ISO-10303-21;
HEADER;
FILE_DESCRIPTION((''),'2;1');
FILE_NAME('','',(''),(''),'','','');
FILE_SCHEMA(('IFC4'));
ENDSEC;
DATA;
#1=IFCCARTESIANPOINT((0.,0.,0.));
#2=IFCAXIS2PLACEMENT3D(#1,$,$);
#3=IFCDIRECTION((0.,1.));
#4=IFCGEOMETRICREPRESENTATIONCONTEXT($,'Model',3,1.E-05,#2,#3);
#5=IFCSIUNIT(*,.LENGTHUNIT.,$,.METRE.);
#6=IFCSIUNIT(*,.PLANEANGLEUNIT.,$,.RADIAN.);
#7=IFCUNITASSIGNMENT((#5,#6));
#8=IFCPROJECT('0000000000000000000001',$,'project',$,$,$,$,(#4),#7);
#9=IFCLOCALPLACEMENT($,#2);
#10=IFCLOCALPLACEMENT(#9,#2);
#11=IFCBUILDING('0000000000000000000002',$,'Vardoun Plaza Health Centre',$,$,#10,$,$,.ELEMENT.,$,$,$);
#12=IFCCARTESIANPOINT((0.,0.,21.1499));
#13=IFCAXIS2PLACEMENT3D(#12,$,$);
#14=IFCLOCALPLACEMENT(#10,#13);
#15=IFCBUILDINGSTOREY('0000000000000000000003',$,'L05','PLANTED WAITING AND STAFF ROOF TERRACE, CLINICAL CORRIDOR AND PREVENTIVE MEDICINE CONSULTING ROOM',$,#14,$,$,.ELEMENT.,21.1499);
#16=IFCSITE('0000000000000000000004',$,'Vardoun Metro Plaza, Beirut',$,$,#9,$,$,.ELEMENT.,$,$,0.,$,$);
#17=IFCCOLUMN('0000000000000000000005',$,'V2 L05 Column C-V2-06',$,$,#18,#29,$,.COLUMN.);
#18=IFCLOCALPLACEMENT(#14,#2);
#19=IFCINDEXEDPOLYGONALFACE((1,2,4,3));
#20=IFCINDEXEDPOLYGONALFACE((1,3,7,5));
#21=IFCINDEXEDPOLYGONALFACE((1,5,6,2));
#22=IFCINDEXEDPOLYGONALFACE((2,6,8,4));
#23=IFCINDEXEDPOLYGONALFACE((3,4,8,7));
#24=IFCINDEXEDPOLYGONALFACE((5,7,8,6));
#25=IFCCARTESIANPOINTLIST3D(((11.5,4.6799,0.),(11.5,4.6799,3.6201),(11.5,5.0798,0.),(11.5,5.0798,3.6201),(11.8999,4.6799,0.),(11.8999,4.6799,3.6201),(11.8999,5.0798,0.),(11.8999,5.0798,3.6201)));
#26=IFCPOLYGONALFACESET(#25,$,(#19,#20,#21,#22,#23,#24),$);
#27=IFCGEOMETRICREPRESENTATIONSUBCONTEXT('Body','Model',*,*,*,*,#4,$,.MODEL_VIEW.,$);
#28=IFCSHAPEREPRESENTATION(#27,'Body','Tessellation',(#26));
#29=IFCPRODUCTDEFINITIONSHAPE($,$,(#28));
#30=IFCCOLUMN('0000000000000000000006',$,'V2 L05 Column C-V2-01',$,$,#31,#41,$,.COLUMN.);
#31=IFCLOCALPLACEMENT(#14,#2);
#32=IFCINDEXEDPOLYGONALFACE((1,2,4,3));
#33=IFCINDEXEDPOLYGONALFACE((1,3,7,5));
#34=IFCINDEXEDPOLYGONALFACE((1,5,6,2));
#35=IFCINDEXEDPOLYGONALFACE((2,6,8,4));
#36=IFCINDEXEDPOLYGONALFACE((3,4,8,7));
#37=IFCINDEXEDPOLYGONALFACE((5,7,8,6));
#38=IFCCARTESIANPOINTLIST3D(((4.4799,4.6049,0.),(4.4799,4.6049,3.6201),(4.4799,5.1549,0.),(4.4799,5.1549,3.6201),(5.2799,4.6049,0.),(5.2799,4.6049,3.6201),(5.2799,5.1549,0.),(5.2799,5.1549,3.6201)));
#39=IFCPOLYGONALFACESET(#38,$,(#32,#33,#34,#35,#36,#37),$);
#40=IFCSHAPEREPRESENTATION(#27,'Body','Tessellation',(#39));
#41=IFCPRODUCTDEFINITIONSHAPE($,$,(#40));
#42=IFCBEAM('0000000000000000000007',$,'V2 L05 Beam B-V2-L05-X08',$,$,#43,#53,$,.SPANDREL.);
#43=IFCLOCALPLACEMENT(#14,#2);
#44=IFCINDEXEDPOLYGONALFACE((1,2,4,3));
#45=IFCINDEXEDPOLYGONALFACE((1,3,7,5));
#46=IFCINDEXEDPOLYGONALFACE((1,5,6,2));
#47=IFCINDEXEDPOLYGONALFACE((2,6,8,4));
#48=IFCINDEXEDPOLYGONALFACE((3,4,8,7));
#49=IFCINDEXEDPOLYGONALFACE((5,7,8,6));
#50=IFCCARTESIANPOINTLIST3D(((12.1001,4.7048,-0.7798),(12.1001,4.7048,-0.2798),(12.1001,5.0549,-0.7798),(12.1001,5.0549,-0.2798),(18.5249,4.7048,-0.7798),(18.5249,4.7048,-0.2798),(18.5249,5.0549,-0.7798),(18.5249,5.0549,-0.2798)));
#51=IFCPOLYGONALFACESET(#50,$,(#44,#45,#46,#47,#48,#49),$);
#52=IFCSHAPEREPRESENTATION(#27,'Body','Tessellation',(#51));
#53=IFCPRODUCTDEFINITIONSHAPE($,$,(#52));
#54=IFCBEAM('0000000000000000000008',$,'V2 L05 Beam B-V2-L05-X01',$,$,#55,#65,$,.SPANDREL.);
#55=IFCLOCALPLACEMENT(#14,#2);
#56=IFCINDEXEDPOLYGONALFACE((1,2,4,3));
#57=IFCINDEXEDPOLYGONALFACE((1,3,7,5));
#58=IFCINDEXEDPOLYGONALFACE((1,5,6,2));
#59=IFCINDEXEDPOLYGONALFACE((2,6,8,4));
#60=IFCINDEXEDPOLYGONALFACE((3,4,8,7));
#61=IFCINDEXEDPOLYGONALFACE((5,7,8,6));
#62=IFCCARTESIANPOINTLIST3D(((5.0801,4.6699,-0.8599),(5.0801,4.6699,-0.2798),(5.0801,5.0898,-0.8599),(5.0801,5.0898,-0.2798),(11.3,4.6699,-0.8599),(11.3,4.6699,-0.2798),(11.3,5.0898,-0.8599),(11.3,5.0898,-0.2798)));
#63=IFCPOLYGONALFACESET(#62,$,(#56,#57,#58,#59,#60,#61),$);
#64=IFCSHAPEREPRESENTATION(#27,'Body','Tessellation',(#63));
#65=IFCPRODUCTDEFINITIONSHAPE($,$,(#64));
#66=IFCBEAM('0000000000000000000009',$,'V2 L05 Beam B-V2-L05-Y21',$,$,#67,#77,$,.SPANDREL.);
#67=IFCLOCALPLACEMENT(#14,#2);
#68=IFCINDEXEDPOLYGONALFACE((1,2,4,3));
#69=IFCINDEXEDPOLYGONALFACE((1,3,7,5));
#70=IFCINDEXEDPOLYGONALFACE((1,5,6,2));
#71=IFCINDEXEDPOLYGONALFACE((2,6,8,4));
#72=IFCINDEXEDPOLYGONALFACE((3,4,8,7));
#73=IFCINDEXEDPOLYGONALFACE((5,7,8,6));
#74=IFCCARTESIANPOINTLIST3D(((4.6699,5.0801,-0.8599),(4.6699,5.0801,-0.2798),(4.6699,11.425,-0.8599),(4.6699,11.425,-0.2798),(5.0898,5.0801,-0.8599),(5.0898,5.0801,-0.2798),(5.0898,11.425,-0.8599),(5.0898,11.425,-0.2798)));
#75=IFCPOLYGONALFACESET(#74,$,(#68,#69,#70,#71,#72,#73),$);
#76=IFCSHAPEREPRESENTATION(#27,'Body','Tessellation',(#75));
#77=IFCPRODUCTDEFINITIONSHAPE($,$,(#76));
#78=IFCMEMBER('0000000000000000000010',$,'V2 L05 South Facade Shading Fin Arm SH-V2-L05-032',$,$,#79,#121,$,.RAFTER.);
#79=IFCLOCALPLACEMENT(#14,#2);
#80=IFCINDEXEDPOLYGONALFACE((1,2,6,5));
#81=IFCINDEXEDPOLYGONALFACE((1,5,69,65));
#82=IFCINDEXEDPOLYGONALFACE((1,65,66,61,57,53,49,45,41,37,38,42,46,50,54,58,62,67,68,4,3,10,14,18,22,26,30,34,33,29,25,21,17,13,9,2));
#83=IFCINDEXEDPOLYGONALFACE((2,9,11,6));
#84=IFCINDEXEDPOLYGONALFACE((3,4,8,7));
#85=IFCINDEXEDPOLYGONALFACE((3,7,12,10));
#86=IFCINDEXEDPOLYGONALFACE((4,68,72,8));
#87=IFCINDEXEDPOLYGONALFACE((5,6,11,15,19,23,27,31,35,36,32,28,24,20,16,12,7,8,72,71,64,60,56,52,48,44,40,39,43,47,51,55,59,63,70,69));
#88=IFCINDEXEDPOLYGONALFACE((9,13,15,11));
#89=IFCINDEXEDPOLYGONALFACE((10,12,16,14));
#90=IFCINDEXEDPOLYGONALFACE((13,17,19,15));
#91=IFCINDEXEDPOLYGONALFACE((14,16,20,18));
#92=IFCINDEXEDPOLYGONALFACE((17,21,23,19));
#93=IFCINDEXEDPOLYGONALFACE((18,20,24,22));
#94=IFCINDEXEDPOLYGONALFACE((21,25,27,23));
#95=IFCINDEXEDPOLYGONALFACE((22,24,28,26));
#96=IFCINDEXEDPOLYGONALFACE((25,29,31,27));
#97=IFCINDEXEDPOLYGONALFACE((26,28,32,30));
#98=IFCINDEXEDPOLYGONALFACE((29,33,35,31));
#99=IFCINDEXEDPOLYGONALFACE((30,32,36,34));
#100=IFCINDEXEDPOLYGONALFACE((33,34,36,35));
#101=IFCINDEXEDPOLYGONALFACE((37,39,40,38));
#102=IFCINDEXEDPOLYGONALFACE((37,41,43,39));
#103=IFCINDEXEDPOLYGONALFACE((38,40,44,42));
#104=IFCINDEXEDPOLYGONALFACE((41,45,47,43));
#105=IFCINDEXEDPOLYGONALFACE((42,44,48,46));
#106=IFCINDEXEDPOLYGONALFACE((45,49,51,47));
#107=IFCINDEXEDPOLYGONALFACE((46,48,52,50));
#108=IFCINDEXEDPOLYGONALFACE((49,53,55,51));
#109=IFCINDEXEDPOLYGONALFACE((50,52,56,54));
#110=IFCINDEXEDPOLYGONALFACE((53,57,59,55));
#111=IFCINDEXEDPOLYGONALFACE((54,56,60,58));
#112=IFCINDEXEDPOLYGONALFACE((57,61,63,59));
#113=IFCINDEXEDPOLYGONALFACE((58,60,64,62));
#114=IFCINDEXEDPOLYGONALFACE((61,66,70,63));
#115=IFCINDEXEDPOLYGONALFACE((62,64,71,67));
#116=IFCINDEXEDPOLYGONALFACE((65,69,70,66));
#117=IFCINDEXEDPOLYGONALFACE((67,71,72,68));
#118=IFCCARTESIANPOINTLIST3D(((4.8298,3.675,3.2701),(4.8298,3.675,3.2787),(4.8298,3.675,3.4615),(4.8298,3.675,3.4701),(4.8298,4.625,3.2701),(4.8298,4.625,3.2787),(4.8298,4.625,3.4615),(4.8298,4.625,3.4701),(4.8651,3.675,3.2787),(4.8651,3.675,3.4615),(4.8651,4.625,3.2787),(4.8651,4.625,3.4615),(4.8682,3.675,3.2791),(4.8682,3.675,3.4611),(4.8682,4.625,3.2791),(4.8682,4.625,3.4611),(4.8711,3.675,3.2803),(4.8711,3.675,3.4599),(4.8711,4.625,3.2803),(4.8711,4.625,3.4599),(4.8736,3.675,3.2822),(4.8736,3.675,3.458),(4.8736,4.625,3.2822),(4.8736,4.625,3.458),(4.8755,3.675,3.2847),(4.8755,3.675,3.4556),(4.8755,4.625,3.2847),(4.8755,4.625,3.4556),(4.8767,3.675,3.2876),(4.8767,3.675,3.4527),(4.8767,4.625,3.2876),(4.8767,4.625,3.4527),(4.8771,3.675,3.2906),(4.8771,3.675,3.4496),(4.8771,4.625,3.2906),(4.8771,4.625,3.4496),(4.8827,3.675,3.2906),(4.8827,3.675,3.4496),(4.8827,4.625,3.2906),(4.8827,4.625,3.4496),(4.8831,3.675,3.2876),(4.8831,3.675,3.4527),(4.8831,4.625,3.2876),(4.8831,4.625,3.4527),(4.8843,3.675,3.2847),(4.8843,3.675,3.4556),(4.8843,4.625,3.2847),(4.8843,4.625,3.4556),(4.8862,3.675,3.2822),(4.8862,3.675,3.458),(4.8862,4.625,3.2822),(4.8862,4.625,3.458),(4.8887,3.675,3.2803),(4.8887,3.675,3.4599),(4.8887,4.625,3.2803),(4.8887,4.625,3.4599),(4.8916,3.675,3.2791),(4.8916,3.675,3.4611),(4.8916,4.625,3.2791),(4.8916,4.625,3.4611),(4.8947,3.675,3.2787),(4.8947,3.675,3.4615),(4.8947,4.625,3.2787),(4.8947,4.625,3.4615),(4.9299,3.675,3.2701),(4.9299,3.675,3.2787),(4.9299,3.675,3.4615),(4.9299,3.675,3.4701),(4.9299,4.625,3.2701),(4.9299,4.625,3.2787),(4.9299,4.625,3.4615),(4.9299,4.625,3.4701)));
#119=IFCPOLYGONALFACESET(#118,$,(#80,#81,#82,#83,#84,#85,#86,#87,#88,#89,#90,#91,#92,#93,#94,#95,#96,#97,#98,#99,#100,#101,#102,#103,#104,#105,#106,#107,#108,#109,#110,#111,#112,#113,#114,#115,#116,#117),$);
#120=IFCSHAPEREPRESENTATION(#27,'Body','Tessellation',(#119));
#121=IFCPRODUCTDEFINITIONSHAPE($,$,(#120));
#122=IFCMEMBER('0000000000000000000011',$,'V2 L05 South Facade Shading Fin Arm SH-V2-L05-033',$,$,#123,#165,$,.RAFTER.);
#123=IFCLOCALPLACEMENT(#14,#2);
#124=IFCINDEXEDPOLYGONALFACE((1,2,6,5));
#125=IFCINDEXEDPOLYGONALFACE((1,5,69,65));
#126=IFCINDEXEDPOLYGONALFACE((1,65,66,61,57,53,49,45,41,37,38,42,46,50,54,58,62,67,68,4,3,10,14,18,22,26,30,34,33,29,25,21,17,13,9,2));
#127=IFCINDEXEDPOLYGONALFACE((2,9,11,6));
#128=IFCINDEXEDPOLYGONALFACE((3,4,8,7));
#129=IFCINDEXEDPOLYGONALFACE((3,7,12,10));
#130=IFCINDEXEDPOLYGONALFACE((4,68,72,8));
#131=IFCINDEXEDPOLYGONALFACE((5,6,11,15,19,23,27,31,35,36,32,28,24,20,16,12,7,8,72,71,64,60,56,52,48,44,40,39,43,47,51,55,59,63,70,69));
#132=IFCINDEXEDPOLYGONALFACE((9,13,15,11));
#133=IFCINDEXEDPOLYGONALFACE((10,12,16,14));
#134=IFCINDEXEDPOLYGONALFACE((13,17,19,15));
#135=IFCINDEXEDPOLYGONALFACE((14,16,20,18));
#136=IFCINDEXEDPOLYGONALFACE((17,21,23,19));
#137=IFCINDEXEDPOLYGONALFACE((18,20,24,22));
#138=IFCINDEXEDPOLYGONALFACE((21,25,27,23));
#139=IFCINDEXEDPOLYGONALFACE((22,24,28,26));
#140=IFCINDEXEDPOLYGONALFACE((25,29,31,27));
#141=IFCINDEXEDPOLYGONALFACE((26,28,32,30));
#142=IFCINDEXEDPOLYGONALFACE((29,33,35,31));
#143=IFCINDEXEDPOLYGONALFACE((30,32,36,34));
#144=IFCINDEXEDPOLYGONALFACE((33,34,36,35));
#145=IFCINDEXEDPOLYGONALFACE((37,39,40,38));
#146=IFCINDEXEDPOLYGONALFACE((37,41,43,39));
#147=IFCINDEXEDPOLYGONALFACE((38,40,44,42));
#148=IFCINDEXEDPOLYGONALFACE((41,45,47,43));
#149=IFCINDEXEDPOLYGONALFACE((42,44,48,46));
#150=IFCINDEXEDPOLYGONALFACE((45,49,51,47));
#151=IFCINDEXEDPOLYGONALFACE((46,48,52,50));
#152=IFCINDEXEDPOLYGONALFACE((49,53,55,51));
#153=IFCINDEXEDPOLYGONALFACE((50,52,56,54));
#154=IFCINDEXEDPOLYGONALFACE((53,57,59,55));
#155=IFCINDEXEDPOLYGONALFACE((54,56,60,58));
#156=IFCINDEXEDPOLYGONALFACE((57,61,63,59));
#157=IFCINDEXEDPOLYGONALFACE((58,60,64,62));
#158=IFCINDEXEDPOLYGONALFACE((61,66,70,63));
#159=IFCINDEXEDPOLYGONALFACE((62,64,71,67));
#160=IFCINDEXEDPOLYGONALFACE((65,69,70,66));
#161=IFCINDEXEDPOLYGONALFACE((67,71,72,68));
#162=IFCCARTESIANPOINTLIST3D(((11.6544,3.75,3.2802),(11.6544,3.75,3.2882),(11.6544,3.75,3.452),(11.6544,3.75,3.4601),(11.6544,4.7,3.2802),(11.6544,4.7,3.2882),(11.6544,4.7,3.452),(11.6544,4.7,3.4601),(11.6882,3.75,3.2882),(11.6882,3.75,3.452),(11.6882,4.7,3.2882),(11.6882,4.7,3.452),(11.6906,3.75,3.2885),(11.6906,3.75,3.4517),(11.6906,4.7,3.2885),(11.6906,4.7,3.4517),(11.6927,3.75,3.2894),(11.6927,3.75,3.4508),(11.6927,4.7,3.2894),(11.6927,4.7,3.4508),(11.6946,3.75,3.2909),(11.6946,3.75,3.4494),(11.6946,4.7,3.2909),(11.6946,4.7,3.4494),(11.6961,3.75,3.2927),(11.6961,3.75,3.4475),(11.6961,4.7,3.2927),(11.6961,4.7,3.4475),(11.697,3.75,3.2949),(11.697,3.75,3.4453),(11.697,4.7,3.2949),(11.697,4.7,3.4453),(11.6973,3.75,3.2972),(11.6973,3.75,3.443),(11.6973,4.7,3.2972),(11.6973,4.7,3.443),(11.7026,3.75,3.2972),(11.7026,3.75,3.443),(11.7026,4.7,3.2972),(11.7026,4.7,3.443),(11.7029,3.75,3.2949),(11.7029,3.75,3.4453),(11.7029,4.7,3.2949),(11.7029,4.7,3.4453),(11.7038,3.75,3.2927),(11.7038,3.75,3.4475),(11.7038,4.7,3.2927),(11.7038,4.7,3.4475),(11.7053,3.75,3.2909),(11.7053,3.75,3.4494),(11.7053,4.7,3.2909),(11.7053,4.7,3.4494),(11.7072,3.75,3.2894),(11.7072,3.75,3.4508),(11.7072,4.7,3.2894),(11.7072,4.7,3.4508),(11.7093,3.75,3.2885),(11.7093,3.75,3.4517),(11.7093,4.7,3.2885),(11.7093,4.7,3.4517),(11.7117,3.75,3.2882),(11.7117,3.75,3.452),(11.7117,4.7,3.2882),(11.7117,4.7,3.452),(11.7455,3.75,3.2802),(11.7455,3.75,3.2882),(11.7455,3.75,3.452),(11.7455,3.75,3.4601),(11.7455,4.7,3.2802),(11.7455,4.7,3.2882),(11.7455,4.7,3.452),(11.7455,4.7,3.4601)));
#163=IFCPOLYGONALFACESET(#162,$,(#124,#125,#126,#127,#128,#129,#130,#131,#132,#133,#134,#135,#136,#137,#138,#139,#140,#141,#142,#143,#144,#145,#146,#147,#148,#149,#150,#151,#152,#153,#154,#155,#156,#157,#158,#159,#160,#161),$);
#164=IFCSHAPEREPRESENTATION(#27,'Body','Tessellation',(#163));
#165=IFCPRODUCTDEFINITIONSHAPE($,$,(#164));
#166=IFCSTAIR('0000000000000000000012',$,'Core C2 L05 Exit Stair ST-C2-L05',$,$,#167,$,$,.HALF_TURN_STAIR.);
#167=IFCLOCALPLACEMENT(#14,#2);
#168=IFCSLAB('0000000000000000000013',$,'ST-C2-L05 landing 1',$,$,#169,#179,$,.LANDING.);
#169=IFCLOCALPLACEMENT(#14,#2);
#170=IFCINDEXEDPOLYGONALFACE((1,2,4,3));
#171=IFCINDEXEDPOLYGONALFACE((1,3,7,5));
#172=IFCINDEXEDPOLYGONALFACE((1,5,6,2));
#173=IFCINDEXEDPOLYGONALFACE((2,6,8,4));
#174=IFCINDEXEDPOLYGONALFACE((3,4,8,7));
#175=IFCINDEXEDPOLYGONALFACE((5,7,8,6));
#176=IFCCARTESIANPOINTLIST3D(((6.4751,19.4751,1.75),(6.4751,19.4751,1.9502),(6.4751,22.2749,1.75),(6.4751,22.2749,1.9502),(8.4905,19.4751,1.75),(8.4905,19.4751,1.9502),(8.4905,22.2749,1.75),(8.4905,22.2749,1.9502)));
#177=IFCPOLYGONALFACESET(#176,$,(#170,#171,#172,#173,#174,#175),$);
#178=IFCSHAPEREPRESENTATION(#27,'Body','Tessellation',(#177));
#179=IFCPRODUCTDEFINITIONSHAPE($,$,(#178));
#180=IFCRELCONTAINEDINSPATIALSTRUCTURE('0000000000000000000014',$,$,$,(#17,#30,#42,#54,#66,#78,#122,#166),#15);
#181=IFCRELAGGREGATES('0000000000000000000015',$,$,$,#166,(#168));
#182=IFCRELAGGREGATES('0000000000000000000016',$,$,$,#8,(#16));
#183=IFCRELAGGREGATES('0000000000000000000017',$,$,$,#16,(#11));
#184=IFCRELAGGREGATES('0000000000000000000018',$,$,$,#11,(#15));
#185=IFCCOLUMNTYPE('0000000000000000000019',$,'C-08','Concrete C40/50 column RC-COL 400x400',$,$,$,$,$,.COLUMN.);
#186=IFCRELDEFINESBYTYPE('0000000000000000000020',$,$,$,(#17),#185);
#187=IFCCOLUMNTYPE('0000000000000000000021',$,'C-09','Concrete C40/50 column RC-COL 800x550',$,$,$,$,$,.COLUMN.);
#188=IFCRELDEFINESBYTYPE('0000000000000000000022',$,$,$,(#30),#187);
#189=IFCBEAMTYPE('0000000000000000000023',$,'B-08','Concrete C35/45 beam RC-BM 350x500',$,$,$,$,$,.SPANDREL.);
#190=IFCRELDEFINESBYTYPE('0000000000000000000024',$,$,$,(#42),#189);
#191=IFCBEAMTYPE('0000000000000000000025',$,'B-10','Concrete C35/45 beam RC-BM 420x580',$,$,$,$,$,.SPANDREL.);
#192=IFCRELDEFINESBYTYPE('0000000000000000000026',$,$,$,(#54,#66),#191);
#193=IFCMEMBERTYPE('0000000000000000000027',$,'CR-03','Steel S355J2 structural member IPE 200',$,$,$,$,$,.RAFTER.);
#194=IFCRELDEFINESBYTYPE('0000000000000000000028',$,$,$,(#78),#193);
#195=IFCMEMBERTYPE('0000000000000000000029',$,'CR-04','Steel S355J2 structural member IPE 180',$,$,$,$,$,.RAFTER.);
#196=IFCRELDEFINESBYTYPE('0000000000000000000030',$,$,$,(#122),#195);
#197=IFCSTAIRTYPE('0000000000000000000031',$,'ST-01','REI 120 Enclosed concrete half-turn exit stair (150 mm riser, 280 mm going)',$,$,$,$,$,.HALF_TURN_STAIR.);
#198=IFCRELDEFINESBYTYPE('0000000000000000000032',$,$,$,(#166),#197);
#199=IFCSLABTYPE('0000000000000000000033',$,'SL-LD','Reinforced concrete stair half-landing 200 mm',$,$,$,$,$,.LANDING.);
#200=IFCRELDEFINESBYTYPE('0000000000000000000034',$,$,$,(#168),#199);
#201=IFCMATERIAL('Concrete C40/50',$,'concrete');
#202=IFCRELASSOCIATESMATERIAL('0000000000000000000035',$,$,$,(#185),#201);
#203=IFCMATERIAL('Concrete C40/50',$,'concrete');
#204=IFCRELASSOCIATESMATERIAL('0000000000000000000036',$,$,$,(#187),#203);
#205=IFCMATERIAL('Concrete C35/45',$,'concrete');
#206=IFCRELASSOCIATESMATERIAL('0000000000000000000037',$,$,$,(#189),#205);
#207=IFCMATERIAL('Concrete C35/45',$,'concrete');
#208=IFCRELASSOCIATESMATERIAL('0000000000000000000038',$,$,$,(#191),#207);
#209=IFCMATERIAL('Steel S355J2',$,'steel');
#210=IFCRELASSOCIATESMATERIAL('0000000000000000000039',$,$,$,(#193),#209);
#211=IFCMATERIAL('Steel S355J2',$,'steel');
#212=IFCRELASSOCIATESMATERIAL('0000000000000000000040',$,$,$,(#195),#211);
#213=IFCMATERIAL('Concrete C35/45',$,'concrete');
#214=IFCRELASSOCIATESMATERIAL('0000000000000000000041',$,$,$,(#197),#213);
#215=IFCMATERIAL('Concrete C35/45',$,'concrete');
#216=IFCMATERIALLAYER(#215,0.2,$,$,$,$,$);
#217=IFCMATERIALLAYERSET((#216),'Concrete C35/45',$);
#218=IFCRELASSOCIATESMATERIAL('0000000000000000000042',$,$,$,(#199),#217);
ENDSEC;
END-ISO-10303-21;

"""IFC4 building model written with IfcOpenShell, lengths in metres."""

from ifc_helpers import new_model, si_unit, direction, frame, origin, origin_2d, place, context, subcontext, project, spatial, polyline, rectangle, i_section, outline, extrude, material, layer, layer_set, material_profile, profile_set, type_object, element, aggregate, save


model = new_model("IFC4")

# Units and contexts
model_context = context("Model", 3, precision=1e-05, world=origin(), true_north=direction((0.0, 1.0)))
body_context = subcontext(model_context, "Body", "Model", "MODEL_VIEW")
ifc_project = project(units=[si_unit("LENGTHUNIT", "METRE"), si_unit("PLANEANGLEUNIT", "RADIAN")], contexts=[model_context])

# Site, building, storey
site_placement = place(None, origin())
site = spatial("IfcSite", under=ifc_project, at=site_placement, Name="Vardoun Metro Plaza, Beirut", CompositionType="ELEMENT", RefElevation=0.0)
building_placement = place(site_placement, origin())
building = spatial("IfcBuilding", under=site, at=building_placement, Name="Vardoun Plaza Health Centre", CompositionType="ELEMENT")
storey_placement = place(building_placement, frame((0.0, 0.0, 21.1499)))
storey = spatial("IfcBuildingStorey", under=building, at=storey_placement, Name="L05", Description="PLANTED WAITING AND STAFF ROOF TERRACE, CLINICAL CORRIDOR AND PREVENTIVE MEDICINE CONSULTING ROOM", CompositionType="ELEMENT", Elevation=21.1499)

# Columns
ifc_material_1 = material(Name="Concrete C40/50", Category="concrete")
ifc_material_profile_1 = material_profile(ifc_material_1, rectangle(XDim=0.3999, YDim=0.3999, at=origin_2d()), Name="RC-COL 400x400")
ifc_profile_set_1 = profile_set([ifc_material_profile_1], Name="Concrete C40/50")
column_type_1 = type_object("IfcColumnType", Name="C-08", Description="Concrete C40/50 column RC-COL 400x400", PredefinedType="COLUMN", material=ifc_profile_set_1)
column_1_placement = place(storey_placement, frame((11.7, 4.8799, 0.0), z_axis=(0.0, 0.0, 1.0), x_axis=(1.0, 0.0, 0.0)))
element("IfcColumn", 1, at=column_1_placement, inside=storey, type_object=column_type_1, Name="V2 L05 Column C-V2-06", PredefinedType="COLUMN", context=body_context, shape_type="SweptSolid", body=[
    extrude(rectangle(XDim=0.3999, YDim=0.3999, at=origin_2d()), origin(), (0.0, 0.0, 1.0), 3.6201),
])
ifc_material_2 = material(Name="Concrete C40/50", Category="concrete")
ifc_material_profile_2 = material_profile(ifc_material_2, rectangle(XDim=0.8, YDim=0.55, at=origin_2d()), Name="RC-COL 800x550")
ifc_profile_set_2 = profile_set([ifc_material_profile_2], Name="Concrete C40/50")
column_type_2 = type_object("IfcColumnType", Name="C-09", Description="Concrete C40/50 column RC-COL 800x550", PredefinedType="COLUMN", material=ifc_profile_set_2)
column_2_placement = place(storey_placement, frame((4.8799, 4.8799, 0.0), z_axis=(0.0, 0.0, 1.0), x_axis=(1.0, 0.0, 0.0)))
element("IfcColumn", 2, at=column_2_placement, inside=storey, type_object=column_type_2, Name="V2 L05 Column C-V2-01", PredefinedType="COLUMN", context=body_context, shape_type="SweptSolid", body=[
    extrude(rectangle(XDim=0.8, YDim=0.55, at=origin_2d()), origin(), (0.0, 0.0, 1.0), 3.6201),
])

# Beams
ifc_material_3 = material(Name="Concrete C35/45", Category="concrete")
ifc_material_profile_3 = material_profile(ifc_material_3, rectangle(XDim=0.3501, YDim=0.5, at=origin_2d()), Name="RC-BM 350x500")
ifc_profile_set_3 = profile_set([ifc_material_profile_3], Name="Concrete C35/45")
beam_type_1 = type_object("IfcBeamType", Name="B-08", Description="Concrete C35/45 beam RC-BM 350x500", PredefinedType="SPANDREL", material=ifc_profile_set_3)
beam_1_placement = place(storey_placement, frame((12.1001, 4.8799, -0.5298), z_axis=(1.0, 0.0, 0.0), x_axis=(0.0, 1.0, 0.0)))
element("IfcBeam", 3, at=beam_1_placement, inside=storey, type_object=beam_type_1, Name="V2 L05 Beam B-V2-L05-X08", PredefinedType="SPANDREL", context=body_context, shape_type="SweptSolid", body=[
    extrude(rectangle(XDim=0.3501, YDim=0.5, at=origin_2d()), origin(), (0.0, 0.0, 1.0), 6.4248),
])
ifc_material_4 = material(Name="Concrete C35/45", Category="concrete")
ifc_material_profile_4 = material_profile(ifc_material_4, rectangle(XDim=0.4199, YDim=0.5801, at=origin_2d()), Name="RC-BM 420x580")
ifc_profile_set_4 = profile_set([ifc_material_profile_4], Name="Concrete C35/45")
beam_type_2 = type_object("IfcBeamType", Name="B-10", Description="Concrete C35/45 beam RC-BM 420x580", PredefinedType="SPANDREL", material=ifc_profile_set_4)
beam_2_placement = place(storey_placement, frame((5.0801, 4.8799, -0.5698), z_axis=(1.0, 0.0, 0.0), x_axis=(0.0, 1.0, 0.0)))
element("IfcBeam", 4, at=beam_2_placement, inside=storey, type_object=beam_type_2, Name="V2 L05 Beam B-V2-L05-X01", PredefinedType="SPANDREL", context=body_context, shape_type="SweptSolid", body=[
    extrude(rectangle(XDim=0.4199, YDim=0.5801, at=origin_2d()), origin(), (0.0, 0.0, 1.0), 6.22),
])
beam_3_placement = place(storey_placement, frame((4.8799, 5.0801, -0.5698), z_axis=(0.0, 1.0, 0.0), x_axis=(-1.0, 0.0, 0.0)))
element("IfcBeam", 5, at=beam_3_placement, inside=storey, type_object=beam_type_2, Name="V2 L05 Beam B-V2-L05-Y21", PredefinedType="SPANDREL", context=body_context, shape_type="SweptSolid", body=[
    extrude(rectangle(XDim=0.4199, YDim=0.5801, at=origin_2d()), origin(), (0.0, 0.0, 1.0), 6.345),
])

# Members
ifc_material_5 = material(Name="Steel S355J2", Category="steel")
ifc_material_profile_5 = material_profile(ifc_material_5, i_section(OverallWidth=0.1001, OverallDepth=0.2, WebThickness=0.0056, FlangeThickness=0.0085, FilletRadius=0.012, at=origin_2d()), Name="IPE 200")
ifc_profile_set_5 = profile_set([ifc_material_profile_5], Name="Steel S355J2")
member_type_1 = type_object("IfcMemberType", Name="CR-03", Description="Steel S355J2 structural member IPE 200", PredefinedType="RAFTER", material=ifc_profile_set_5)
member_1_placement = place(storey_placement, frame((4.8799, 4.625, 3.3701), z_axis=(0.0, -1.0, 0.0), x_axis=(1.0, 0.0, 0.0)))
element("IfcMember", 6, at=member_1_placement, inside=storey, type_object=member_type_1, Name="V2 L05 South Facade Shading Fin Arm SH-V2-L05-032", PredefinedType="RAFTER", context=body_context, shape_type="SweptSolid", body=[
    extrude(i_section(OverallWidth=0.1001, OverallDepth=0.2, WebThickness=0.0056, FlangeThickness=0.0085, FilletRadius=0.012, at=origin_2d()), origin(), (0.0, 0.0, 1.0), 0.95),
])
ifc_material_6 = material(Name="Steel S355J2", Category="steel")
ifc_material_profile_6 = material_profile(ifc_material_6, i_section(OverallWidth=0.0911, OverallDepth=0.1799, WebThickness=0.0054, FlangeThickness=0.0081, FilletRadius=0.009, at=origin_2d()), Name="IPE 180")
ifc_profile_set_6 = profile_set([ifc_material_profile_6], Name="Steel S355J2")
member_type_2 = type_object("IfcMemberType", Name="CR-04", Description="Steel S355J2 structural member IPE 180", PredefinedType="RAFTER", material=ifc_profile_set_6)
member_2_placement = place(storey_placement, frame((11.7, 4.7, 3.3701), z_axis=(0.0, -1.0, 0.0), x_axis=(1.0, 0.0, 0.0)))
element("IfcMember", 7, at=member_2_placement, inside=storey, type_object=member_type_2, Name="V2 L05 South Facade Shading Fin Arm SH-V2-L05-033", PredefinedType="RAFTER", context=body_context, shape_type="SweptSolid", body=[
    extrude(i_section(OverallWidth=0.0911, OverallDepth=0.1799, WebThickness=0.0054, FlangeThickness=0.0081, FilletRadius=0.009, at=origin_2d()), origin(), (0.0, 0.0, 1.0), 0.95),
])

# Stair, slab
ifc_material_7 = material(Name="Concrete C35/45", Category="concrete")
stair_type = type_object("IfcStairType", Name="ST-01", Description="REI 120 Enclosed concrete half-turn exit stair (150 mm riser, 280 mm going)", PredefinedType="HALF_TURN_STAIR", material=ifc_material_7)
stair_placement = place(storey_placement, origin())
stair = element("IfcStair", 8, at=stair_placement, inside=storey, type_object=stair_type, Name="Core C2 L05 Exit Stair ST-C2-L05", PredefinedType="HALF_TURN_STAIR")
ifc_material_8 = material(Name="Concrete C35/45", Category="concrete")
ifc_layer_1 = layer(ifc_material_8, 0.2)
ifc_layer_set_1 = layer_set([ifc_layer_1], Name="Concrete C35/45")
slab_type = type_object("IfcSlabType", Name="SL-LD", Description="Reinforced concrete stair half-landing 200 mm", PredefinedType="LANDING", material=ifc_layer_set_1)
slab_placement = place(storey_placement, frame((0.0, 0.0, 1.75)))
slab = element("IfcSlab", 9, at=slab_placement, type_object=slab_type, Name="ST-C2-L05 landing 1", PredefinedType="LANDING", context=body_context, shape_type="SweptSolid", body=[
    extrude(outline(polyline([(6.4751, 19.4751), (8.4905, 19.4751), (8.4905, 22.2749), (6.4751, 22.2749), (6.4751, 19.4751)])), origin(), (0.0, 0.0, 1.0), 0.2002),
])
aggregate(stair, [slab])

save(model, "model.ifc")
